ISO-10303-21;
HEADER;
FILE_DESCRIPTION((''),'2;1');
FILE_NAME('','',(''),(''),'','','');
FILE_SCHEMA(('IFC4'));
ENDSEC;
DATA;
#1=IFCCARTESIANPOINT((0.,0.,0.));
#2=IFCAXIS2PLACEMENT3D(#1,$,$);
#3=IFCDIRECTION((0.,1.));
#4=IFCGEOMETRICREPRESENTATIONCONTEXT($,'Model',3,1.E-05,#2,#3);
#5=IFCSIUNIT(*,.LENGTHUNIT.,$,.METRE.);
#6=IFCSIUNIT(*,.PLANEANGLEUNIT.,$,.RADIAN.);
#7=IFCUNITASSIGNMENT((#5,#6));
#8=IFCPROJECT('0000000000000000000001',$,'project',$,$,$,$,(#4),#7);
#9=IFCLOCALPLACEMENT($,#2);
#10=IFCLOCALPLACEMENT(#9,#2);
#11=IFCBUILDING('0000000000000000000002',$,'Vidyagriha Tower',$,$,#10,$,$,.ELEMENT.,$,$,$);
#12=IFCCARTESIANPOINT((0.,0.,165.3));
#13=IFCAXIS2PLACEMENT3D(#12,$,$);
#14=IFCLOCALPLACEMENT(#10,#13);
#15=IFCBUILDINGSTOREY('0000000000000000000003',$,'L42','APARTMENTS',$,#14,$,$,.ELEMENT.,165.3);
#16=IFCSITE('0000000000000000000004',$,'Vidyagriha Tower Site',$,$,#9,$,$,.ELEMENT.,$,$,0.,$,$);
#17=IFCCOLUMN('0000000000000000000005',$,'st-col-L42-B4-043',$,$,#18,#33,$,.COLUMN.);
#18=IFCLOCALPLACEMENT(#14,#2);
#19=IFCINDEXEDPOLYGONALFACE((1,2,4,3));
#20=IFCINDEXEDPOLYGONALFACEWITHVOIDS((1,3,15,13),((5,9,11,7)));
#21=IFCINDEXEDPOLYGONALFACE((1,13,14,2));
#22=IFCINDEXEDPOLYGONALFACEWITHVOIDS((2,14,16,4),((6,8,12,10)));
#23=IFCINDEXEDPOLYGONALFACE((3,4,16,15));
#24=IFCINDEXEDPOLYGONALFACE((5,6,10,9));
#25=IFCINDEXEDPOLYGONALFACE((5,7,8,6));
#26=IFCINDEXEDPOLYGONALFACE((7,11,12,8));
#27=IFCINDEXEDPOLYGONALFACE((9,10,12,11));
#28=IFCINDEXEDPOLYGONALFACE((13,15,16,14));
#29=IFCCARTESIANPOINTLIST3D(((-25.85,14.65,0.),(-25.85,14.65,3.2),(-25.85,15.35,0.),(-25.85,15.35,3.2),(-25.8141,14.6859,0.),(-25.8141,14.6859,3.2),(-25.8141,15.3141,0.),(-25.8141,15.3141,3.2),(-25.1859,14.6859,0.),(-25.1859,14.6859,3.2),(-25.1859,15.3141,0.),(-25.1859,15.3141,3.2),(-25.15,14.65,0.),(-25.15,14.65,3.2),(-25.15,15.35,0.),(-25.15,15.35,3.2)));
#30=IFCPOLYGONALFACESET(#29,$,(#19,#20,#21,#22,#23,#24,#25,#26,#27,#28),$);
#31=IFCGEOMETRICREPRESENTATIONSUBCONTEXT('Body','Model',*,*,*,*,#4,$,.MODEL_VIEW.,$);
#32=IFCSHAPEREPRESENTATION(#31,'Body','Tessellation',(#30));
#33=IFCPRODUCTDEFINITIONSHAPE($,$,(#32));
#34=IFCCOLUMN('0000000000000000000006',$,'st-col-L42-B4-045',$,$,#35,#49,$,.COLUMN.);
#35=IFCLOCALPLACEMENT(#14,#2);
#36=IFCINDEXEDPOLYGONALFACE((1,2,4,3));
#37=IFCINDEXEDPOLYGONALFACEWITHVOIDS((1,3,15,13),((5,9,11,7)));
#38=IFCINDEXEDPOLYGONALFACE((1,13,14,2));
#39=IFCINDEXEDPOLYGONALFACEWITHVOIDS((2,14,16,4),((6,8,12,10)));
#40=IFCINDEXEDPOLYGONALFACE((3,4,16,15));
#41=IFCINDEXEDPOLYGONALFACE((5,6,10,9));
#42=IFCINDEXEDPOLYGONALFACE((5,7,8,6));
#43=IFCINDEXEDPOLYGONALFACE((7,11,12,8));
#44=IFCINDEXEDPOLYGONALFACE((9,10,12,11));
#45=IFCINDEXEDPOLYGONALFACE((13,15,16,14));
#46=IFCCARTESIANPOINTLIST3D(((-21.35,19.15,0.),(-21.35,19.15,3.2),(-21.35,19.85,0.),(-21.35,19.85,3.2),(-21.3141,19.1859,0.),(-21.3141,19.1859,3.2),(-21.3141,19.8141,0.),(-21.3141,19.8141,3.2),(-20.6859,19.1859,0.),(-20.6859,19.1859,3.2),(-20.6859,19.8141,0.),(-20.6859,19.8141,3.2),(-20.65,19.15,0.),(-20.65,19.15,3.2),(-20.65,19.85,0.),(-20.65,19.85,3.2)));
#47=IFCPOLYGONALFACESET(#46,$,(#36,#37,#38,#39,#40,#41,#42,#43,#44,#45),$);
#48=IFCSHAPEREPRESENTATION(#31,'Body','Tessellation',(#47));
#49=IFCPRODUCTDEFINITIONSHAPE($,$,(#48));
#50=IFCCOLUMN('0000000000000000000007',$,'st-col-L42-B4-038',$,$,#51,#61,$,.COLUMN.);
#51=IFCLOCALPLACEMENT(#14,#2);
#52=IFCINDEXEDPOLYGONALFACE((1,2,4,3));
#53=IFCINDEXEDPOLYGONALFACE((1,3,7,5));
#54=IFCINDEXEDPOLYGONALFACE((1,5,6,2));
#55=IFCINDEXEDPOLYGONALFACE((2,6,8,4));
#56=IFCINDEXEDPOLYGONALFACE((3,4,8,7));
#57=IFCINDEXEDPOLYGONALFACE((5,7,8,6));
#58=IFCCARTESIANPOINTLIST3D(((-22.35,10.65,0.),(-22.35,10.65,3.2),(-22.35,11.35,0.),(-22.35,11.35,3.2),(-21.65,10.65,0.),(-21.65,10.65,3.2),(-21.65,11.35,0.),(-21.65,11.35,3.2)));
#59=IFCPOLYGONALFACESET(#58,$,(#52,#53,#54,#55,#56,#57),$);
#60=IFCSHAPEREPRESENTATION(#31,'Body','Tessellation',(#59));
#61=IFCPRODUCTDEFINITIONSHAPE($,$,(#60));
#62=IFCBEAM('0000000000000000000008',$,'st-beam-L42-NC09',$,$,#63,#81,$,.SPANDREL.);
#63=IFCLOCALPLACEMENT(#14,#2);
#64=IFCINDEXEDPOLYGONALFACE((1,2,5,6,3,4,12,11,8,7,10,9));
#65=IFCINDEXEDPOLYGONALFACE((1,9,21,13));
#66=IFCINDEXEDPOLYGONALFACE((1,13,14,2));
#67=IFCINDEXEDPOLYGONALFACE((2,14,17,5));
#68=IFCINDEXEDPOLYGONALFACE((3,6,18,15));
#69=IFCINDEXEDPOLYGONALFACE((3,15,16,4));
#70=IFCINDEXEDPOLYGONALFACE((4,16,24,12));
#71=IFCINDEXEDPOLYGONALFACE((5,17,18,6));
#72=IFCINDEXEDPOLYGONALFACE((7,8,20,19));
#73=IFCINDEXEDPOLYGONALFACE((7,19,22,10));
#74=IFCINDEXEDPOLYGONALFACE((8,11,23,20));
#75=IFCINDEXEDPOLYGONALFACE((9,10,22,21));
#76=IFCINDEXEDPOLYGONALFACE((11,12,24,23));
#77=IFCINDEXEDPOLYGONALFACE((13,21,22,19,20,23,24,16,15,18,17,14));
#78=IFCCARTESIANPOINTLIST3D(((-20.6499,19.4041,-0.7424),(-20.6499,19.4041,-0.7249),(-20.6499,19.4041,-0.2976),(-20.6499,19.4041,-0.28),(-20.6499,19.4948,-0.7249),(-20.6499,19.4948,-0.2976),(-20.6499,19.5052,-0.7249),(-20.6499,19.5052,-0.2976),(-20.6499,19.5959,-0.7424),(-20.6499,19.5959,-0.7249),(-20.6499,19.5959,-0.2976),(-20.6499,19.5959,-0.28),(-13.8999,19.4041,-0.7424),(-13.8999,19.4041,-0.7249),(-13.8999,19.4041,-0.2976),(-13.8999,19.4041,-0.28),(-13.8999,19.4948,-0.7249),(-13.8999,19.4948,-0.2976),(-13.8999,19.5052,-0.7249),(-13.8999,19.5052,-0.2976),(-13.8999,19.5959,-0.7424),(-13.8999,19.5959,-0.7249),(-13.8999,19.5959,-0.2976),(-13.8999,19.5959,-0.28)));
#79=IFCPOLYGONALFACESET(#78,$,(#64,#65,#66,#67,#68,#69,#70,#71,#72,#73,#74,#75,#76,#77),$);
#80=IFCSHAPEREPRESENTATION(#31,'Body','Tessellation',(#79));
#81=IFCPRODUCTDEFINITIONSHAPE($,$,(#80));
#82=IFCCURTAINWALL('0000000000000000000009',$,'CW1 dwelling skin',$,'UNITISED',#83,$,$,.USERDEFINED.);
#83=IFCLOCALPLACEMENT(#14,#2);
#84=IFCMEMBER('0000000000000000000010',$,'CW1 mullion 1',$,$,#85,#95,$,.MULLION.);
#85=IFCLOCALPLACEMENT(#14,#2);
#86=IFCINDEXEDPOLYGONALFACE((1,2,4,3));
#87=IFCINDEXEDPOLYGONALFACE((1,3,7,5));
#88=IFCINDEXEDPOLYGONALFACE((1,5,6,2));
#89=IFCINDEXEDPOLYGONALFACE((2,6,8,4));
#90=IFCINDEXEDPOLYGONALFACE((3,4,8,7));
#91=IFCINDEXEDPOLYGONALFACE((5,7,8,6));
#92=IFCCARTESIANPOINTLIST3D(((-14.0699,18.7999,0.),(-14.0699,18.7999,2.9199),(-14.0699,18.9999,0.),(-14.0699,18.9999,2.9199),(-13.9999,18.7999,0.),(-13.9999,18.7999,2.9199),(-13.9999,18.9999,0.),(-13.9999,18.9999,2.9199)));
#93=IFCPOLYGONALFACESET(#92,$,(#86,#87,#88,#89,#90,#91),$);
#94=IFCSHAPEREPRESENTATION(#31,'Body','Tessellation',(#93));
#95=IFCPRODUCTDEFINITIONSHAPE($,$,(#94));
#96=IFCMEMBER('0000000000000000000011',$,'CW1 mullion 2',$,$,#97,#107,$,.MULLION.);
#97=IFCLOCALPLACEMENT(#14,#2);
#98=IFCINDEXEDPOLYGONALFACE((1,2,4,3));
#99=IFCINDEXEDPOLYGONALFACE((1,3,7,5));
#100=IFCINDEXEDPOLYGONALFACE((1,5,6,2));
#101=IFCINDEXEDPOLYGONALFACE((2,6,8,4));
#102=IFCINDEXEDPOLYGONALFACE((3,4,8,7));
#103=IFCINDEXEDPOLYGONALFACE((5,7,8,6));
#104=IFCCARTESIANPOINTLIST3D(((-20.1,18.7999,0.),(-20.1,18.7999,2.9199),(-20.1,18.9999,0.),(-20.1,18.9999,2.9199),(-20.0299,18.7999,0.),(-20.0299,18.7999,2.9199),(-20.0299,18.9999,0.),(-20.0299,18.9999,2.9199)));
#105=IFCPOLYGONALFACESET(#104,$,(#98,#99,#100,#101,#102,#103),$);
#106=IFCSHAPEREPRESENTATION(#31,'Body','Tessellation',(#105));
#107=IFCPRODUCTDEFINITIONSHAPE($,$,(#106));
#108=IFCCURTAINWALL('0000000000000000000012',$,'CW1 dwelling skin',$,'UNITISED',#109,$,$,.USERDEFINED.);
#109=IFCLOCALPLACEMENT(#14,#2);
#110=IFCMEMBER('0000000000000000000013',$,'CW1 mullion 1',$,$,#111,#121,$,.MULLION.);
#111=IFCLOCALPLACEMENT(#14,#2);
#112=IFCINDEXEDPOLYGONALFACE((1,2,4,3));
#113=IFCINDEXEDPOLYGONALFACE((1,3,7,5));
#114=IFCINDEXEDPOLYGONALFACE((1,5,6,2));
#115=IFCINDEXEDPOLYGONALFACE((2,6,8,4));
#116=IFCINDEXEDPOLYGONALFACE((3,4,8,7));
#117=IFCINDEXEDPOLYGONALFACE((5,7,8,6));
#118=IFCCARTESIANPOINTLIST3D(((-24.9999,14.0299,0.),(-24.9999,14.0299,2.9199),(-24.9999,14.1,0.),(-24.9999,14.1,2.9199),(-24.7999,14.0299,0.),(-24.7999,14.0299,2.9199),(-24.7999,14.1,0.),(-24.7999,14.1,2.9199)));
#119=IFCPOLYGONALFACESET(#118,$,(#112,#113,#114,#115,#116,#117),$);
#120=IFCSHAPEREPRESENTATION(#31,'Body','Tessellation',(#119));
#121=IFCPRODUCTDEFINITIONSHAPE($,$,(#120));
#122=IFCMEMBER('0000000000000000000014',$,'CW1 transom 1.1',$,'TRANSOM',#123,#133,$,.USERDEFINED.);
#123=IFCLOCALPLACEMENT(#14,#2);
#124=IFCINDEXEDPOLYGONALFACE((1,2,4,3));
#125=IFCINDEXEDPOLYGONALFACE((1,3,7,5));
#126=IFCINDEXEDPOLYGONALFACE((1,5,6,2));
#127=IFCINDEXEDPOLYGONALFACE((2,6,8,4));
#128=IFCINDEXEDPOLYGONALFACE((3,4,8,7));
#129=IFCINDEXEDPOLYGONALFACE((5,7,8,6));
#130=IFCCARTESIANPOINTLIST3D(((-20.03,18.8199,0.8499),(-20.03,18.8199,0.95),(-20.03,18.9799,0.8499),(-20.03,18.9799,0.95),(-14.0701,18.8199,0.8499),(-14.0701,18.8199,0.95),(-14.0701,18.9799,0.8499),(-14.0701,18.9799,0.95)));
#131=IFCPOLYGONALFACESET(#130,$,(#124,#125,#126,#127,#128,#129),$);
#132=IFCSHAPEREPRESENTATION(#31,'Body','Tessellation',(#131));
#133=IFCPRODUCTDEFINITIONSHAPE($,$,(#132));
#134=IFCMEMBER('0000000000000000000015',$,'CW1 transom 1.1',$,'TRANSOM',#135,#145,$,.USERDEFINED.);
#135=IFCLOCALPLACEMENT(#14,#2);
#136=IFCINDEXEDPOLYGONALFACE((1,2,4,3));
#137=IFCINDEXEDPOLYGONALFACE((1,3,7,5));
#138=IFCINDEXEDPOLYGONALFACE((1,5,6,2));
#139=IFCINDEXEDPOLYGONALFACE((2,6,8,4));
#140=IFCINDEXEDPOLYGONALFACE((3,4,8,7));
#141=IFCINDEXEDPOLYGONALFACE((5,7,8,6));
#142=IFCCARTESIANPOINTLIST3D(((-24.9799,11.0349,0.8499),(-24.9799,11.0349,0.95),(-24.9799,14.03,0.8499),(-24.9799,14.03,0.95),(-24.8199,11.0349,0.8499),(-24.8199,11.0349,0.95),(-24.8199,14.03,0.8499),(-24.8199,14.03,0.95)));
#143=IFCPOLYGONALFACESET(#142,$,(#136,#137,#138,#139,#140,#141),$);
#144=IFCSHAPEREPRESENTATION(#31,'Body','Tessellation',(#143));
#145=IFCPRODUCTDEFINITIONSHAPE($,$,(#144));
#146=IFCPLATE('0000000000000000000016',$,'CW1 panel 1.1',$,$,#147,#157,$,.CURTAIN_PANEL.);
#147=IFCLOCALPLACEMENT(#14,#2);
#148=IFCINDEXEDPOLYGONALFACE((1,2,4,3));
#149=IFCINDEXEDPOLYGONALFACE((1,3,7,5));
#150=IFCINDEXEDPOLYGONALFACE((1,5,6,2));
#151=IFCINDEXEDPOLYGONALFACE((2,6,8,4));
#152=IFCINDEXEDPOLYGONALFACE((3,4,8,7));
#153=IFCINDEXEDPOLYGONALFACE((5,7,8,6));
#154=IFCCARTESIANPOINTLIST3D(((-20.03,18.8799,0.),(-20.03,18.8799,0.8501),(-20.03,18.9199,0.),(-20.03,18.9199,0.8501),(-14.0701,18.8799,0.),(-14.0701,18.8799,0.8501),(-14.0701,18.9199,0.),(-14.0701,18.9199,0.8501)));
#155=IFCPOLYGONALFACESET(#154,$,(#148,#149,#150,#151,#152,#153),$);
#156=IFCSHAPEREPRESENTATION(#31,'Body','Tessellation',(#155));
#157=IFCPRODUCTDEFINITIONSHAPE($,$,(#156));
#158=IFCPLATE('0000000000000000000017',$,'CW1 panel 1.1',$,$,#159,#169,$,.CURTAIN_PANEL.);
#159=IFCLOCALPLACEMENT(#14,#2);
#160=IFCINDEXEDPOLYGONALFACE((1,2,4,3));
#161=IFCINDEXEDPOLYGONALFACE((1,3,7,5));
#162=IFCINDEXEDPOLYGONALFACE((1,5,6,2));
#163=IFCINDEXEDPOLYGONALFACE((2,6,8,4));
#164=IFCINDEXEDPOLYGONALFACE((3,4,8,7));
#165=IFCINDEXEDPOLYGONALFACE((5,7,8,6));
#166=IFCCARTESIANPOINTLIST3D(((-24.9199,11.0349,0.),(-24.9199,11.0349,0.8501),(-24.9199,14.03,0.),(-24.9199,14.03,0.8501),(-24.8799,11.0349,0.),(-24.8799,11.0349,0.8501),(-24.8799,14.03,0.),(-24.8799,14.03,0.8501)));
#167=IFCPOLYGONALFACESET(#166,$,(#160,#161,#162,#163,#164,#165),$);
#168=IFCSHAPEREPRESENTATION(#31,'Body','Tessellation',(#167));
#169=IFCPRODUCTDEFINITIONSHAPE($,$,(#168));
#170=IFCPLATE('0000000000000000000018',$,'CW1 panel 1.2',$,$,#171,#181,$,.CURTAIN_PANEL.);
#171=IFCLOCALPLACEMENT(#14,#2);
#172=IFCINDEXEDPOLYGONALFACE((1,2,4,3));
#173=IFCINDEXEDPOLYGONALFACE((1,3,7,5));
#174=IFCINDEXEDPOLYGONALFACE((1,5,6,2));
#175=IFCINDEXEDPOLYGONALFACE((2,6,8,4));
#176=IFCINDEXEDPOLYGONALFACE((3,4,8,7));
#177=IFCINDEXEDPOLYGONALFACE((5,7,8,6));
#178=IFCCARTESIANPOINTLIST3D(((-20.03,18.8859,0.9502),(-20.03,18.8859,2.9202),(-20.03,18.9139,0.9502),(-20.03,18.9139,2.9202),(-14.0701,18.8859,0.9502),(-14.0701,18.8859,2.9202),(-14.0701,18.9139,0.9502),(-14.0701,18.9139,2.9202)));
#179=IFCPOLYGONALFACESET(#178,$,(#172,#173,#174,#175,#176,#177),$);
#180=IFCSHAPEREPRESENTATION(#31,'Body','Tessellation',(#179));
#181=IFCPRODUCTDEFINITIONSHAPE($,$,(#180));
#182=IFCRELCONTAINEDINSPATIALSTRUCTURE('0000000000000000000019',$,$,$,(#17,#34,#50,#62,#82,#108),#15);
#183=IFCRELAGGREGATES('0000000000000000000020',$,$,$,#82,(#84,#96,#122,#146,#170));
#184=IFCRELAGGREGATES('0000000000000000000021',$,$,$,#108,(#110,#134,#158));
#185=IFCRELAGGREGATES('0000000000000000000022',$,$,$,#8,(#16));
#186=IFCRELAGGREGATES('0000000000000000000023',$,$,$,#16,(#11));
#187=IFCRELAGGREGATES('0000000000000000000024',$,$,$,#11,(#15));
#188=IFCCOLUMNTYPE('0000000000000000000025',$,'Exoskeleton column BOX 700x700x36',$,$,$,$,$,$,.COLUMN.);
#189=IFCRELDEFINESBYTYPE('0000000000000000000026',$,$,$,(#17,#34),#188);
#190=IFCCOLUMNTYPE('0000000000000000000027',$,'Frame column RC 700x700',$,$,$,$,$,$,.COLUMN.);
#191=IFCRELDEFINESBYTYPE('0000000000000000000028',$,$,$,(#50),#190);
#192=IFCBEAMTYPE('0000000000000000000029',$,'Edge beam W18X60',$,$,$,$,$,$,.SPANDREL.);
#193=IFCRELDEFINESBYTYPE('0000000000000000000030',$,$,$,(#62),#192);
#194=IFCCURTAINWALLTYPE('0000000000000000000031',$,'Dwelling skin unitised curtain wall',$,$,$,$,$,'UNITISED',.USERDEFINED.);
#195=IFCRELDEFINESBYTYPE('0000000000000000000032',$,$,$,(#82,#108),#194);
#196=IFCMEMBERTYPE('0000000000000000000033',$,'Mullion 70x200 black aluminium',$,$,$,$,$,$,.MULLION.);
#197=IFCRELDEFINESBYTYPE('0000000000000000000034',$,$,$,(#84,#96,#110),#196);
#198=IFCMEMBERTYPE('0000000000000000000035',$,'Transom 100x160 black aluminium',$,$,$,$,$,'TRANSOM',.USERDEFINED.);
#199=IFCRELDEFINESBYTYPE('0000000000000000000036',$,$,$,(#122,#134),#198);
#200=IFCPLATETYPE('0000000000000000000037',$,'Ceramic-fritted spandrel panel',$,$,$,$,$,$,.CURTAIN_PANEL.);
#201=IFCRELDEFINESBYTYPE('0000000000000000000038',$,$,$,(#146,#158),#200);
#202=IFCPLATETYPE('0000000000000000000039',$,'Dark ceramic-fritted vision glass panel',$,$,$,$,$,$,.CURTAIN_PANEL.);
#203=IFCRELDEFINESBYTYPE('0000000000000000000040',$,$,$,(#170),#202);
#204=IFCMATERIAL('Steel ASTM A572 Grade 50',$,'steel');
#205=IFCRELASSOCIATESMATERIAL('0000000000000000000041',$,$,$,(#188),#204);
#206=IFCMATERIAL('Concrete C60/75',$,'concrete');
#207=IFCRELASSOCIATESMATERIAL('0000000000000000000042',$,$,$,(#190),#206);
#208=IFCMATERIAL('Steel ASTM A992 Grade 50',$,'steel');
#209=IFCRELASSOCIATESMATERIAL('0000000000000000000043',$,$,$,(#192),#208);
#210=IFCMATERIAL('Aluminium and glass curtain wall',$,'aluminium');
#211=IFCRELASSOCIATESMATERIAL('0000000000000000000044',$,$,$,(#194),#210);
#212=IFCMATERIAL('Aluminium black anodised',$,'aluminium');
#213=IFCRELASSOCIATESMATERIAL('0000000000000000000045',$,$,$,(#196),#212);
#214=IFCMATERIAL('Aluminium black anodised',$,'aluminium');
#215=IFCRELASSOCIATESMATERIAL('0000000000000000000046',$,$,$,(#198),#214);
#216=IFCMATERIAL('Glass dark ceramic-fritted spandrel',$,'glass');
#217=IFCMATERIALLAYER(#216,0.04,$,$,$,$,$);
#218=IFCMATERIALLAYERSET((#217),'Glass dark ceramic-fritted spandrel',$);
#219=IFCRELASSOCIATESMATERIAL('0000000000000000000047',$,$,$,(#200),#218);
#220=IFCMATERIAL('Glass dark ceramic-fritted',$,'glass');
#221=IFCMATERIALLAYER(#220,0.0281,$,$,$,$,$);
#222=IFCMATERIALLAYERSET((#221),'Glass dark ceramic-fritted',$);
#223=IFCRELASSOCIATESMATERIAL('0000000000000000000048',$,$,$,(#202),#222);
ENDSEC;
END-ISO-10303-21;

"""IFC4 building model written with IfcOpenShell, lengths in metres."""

from ifc_helpers import new_model, si_unit, direction, frame, origin, origin_2d, place, context, subcontext, project, spatial, rectangle, hollow_rectangle, i_section, extrude, material, layer, layer_set, material_profile, profile_set, type_object, element, aggregate, save


model = new_model("IFC4")

# Units and contexts
model_context = context("Model", 3, precision=1e-05, world=origin(), true_north=direction((0.0, 1.0)))
body_context = subcontext(model_context, "Body", "Model", "MODEL_VIEW")
ifc_project = project(units=[si_unit("LENGTHUNIT", "METRE"), si_unit("PLANEANGLEUNIT", "RADIAN")], contexts=[model_context])

# Site, building, storey
site_placement = place(None, origin())
site = spatial("IfcSite", under=ifc_project, at=site_placement, Name="Vidyagriha Tower Site", CompositionType="ELEMENT", RefElevation=0.0)
building_placement = place(site_placement, origin())
building = spatial("IfcBuilding", under=site, at=building_placement, Name="Vidyagriha Tower", CompositionType="ELEMENT")
storey_placement = place(building_placement, frame((0.0, 0.0, 165.3)))
storey = spatial("IfcBuildingStorey", under=building, at=storey_placement, Name="L42", Description="APARTMENTS", CompositionType="ELEMENT", Elevation=165.3)

# Columns
ifc_material_1 = material(Name="Steel ASTM A572 Grade 50", Category="steel")
ifc_material_profile_1 = material_profile(ifc_material_1, hollow_rectangle(XDim=0.7, YDim=0.7, WallThickness=0.0359, at=origin_2d()), Name="BOX 700x700x36")
ifc_profile_set_1 = profile_set([ifc_material_profile_1], Name="Steel ASTM A572 Grade 50")
column_type_1 = type_object("IfcColumnType", Name="Exoskeleton column BOX 700x700x36", PredefinedType="COLUMN", material=ifc_profile_set_1)
for number, where, name in (
    (1, (-25.5, 15.0, 0.0), "st-col-L42-B4-043"),
    (2, (-21.0, 19.5, 0.0), "st-col-L42-B4-045"),
):
    element("IfcColumn", number, at=place(storey_placement, frame(where)), inside=storey, type_object=column_type_1, Name=name, PredefinedType="COLUMN", context=body_context, shape_type="SweptSolid", body=[
        extrude(hollow_rectangle(XDim=0.7, YDim=0.7, WallThickness=0.0359, at=origin_2d()), origin(), (0.0, 0.0, 1.0), 3.2),
    ])
ifc_material_2 = material(Name="Concrete C60/75", Category="concrete")
ifc_material_profile_2 = material_profile(ifc_material_2, rectangle(XDim=0.7, YDim=0.7, at=origin_2d()), Name="RC 700x700")
ifc_profile_set_2 = profile_set([ifc_material_profile_2], Name="Concrete C60/75")
column_type_2 = type_object("IfcColumnType", Name="Frame column RC 700x700", PredefinedType="COLUMN", material=ifc_profile_set_2)
column_placement = place(storey_placement, frame((-22.0, 11.0, 0.0)))
element("IfcColumn", 3, at=column_placement, inside=storey, type_object=column_type_2, Name="st-col-L42-B4-038", PredefinedType="COLUMN", context=body_context, shape_type="SweptSolid", body=[
    extrude(rectangle(XDim=0.7, YDim=0.7, at=origin_2d()), origin(), (0.0, 0.0, 1.0), 3.2),
])

# Beam
ifc_material_3 = material(Name="Steel ASTM A992 Grade 50", Category="steel")
ifc_material_profile_3 = material_profile(ifc_material_3, i_section(OverallWidth=0.1919, OverallDepth=0.4624, WebThickness=0.0105, FlangeThickness=0.0176, at=origin_2d()), Name="W18X60")
ifc_profile_set_3 = profile_set([ifc_material_profile_3], Name="Steel ASTM A992 Grade 50")
beam_type = type_object("IfcBeamType", Name="Edge beam W18X60", PredefinedType="SPANDREL", material=ifc_profile_set_3)
beam_placement = place(storey_placement, frame((-20.6499, 19.5, -0.5112), z_axis=(1.0, 0.0, 0.0), x_axis=(0.0, 1.0, 0.0)))
element("IfcBeam", 4, at=beam_placement, inside=storey, type_object=beam_type, Name="st-beam-L42-NC09", PredefinedType="SPANDREL", context=body_context, shape_type="SweptSolid", body=[
    extrude(i_section(OverallWidth=0.1919, OverallDepth=0.4624, WebThickness=0.0105, FlangeThickness=0.0176, at=origin_2d()), origin(), (0.0, 0.0, 1.0), 6.75),
])

# Curtain wall, members
ifc_material_4 = material(Name="Aluminium and glass curtain wall", Category="aluminium")
curtain_wall_type = type_object("IfcCurtainWallType", Name="Dwelling skin unitised curtain wall", ElementType="UNITISED", PredefinedType="USERDEFINED", material=ifc_material_4)
curtain_wall_1_placement = place(storey_placement, origin())
curtain_wall_1 = element("IfcCurtainWall", 5, at=curtain_wall_1_placement, inside=storey, type_object=curtain_wall_type, Name="CW1 dwelling skin", ObjectType="UNITISED", PredefinedType="USERDEFINED")
ifc_material_5 = material(Name="Aluminium black anodised", Category="aluminium")
ifc_material_profile_4 = material_profile(ifc_material_5, rectangle(XDim=0.2, YDim=0.0701, at=origin_2d()), Name="Mullion 70x200 black aluminium")
ifc_profile_set_4 = profile_set([ifc_material_profile_4], Name="Aluminium black anodised")
member_type_1 = type_object("IfcMemberType", Name="Mullion 70x200 black aluminium", PredefinedType="MULLION", material=ifc_profile_set_4)
member_1_placement = place(storey_placement, frame((-14.0349, 18.8999, 0.0), z_axis=(0.0, 0.0, 1.0), x_axis=(0.0, -1.0, 0.0)))
member_1 = element("IfcMember", 6, at=member_1_placement, type_object=member_type_1, Name="CW1 mullion 1", PredefinedType="MULLION", context=body_context, shape_type="SweptSolid", body=[
    extrude(rectangle(XDim=0.2, YDim=0.0701, at=origin_2d()), origin(), (0.0, 0.0, 1.0), 2.9199),
])
member_2_placement = place(storey_placement, frame((-20.0649, 18.8999, 0.0), z_axis=(0.0, 0.0, 1.0), x_axis=(0.0, -1.0, 0.0)))
member_2 = element("IfcMember", 7, at=member_2_placement, type_object=member_type_1, Name="CW1 mullion 2", PredefinedType="MULLION", context=body_context, shape_type="SweptSolid", body=[
    extrude(rectangle(XDim=0.2, YDim=0.0701, at=origin_2d()), origin(), (0.0, 0.0, 1.0), 2.9199),
])

# Curtain wall, member
curtain_wall_2_placement = place(storey_placement, origin())
curtain_wall_2 = element("IfcCurtainWall", 8, at=curtain_wall_2_placement, inside=storey, type_object=curtain_wall_type, Name="CW1 dwelling skin", ObjectType="UNITISED", PredefinedType="USERDEFINED")
member_3_placement = place(storey_placement, frame((-24.8999, 14.0649, 0.0)))
member_3 = element("IfcMember", 9, at=member_3_placement, type_object=member_type_1, Name="CW1 mullion 1", PredefinedType="MULLION", context=body_context, shape_type="SweptSolid", body=[
    extrude(rectangle(XDim=0.2, YDim=0.0701, at=origin_2d()), origin(), (0.0, 0.0, 1.0), 2.9199),
])

# Members
ifc_material_6 = material(Name="Aluminium black anodised", Category="aluminium")
ifc_material_profile_5 = material_profile(ifc_material_6, rectangle(XDim=0.1599, YDim=0.1001, at=origin_2d()), Name="Transom 100x160 black aluminium")
ifc_profile_set_5 = profile_set([ifc_material_profile_5], Name="Aluminium black anodised")
member_type_2 = type_object("IfcMemberType", Name="Transom 100x160 black aluminium", ElementType="TRANSOM", PredefinedType="USERDEFINED", material=ifc_profile_set_5)
member_4_placement = place(storey_placement, frame((-14.0701, 18.8999, 0.8999), z_axis=(-1.0, 0.0, 0.0), x_axis=(0.0, -1.0, 0.0)))
member_4 = element("IfcMember", 10, at=member_4_placement, type_object=member_type_2, Name="CW1 transom 1.1", ObjectType="TRANSOM", PredefinedType="USERDEFINED", context=body_context, shape_type="SweptSolid", body=[
    extrude(rectangle(XDim=0.1599, YDim=0.1001, at=origin_2d()), origin(), (0.0, 0.0, 1.0), 5.96),
])
member_5_placement = place(storey_placement, frame((-24.8999, 14.03, 0.8999), z_axis=(0.0, -1.0, 0.0), x_axis=(1.0, 0.0, 0.0)))
member_5 = element("IfcMember", 11, at=member_5_placement, type_object=member_type_2, Name="CW1 transom 1.1", ObjectType="TRANSOM", PredefinedType="USERDEFINED", context=body_context, shape_type="SweptSolid", body=[
    extrude(rectangle(XDim=0.1599, YDim=0.1001, at=origin_2d()), origin(), (0.0, 0.0, 1.0), 2.9951),
])

# Plates
ifc_material_7 = material(Name="Glass dark ceramic-fritted spandrel", Category="glass")
ifc_layer_1 = layer(ifc_material_7, 0.04)
ifc_layer_set_1 = layer_set([ifc_layer_1], Name="Glass dark ceramic-fritted spandrel")
plate_type_1 = type_object("IfcPlateType", Name="Ceramic-fritted spandrel panel", PredefinedType="CURTAIN_PANEL", material=ifc_layer_set_1)
plate_1_placement = place(storey_placement, frame((-17.05, 18.8999, 0.0), z_axis=(0.0, 0.0, 1.0), x_axis=(-1.0, 0.0, 0.0)))
plate_1 = element("IfcPlate", 12, at=plate_1_placement, type_object=plate_type_1, Name="CW1 panel 1.1", PredefinedType="CURTAIN_PANEL", context=body_context, shape_type="SweptSolid", body=[
    extrude(rectangle(XDim=5.96, YDim=0.04, at=origin_2d()), origin(), (0.0, 0.0, 1.0), 0.8501),
])
plate_2_placement = place(storey_placement, frame((-24.8999, 12.5325, 0.0), z_axis=(0.0, 0.0, 1.0), x_axis=(0.0, -1.0, 0.0)))
plate_2 = element("IfcPlate", 13, at=plate_2_placement, type_object=plate_type_1, Name="CW1 panel 1.1", PredefinedType="CURTAIN_PANEL", context=body_context, shape_type="SweptSolid", body=[
    extrude(rectangle(XDim=2.9951, YDim=0.04, at=origin_2d()), origin(), (0.0, 0.0, 1.0), 0.8501),
])
ifc_material_8 = material(Name="Glass dark ceramic-fritted", Category="glass")
ifc_layer_2 = layer(ifc_material_8, 0.0281)
ifc_layer_set_2 = layer_set([ifc_layer_2], Name="Glass dark ceramic-fritted")
plate_type_2 = type_object("IfcPlateType", Name="Dark ceramic-fritted vision glass panel", PredefinedType="CURTAIN_PANEL", material=ifc_layer_set_2)
plate_3_placement = place(storey_placement, frame((-17.05, 18.8999, 0.9502), z_axis=(0.0, 0.0, 1.0), x_axis=(-1.0, 0.0, 0.0)))
plate_3 = element("IfcPlate", 14, at=plate_3_placement, type_object=plate_type_2, Name="CW1 panel 1.2", PredefinedType="CURTAIN_PANEL", context=body_context, shape_type="SweptSolid", body=[
    extrude(rectangle(XDim=5.96, YDim=0.0281, at=origin_2d()), origin(), (0.0, 0.0, 1.0), 1.97),
])
aggregate(curtain_wall_1, [member_1, member_2, member_4, plate_1, plate_3])
aggregate(curtain_wall_2, [member_3, member_5, plate_2])

save(model, "model.ifc")
